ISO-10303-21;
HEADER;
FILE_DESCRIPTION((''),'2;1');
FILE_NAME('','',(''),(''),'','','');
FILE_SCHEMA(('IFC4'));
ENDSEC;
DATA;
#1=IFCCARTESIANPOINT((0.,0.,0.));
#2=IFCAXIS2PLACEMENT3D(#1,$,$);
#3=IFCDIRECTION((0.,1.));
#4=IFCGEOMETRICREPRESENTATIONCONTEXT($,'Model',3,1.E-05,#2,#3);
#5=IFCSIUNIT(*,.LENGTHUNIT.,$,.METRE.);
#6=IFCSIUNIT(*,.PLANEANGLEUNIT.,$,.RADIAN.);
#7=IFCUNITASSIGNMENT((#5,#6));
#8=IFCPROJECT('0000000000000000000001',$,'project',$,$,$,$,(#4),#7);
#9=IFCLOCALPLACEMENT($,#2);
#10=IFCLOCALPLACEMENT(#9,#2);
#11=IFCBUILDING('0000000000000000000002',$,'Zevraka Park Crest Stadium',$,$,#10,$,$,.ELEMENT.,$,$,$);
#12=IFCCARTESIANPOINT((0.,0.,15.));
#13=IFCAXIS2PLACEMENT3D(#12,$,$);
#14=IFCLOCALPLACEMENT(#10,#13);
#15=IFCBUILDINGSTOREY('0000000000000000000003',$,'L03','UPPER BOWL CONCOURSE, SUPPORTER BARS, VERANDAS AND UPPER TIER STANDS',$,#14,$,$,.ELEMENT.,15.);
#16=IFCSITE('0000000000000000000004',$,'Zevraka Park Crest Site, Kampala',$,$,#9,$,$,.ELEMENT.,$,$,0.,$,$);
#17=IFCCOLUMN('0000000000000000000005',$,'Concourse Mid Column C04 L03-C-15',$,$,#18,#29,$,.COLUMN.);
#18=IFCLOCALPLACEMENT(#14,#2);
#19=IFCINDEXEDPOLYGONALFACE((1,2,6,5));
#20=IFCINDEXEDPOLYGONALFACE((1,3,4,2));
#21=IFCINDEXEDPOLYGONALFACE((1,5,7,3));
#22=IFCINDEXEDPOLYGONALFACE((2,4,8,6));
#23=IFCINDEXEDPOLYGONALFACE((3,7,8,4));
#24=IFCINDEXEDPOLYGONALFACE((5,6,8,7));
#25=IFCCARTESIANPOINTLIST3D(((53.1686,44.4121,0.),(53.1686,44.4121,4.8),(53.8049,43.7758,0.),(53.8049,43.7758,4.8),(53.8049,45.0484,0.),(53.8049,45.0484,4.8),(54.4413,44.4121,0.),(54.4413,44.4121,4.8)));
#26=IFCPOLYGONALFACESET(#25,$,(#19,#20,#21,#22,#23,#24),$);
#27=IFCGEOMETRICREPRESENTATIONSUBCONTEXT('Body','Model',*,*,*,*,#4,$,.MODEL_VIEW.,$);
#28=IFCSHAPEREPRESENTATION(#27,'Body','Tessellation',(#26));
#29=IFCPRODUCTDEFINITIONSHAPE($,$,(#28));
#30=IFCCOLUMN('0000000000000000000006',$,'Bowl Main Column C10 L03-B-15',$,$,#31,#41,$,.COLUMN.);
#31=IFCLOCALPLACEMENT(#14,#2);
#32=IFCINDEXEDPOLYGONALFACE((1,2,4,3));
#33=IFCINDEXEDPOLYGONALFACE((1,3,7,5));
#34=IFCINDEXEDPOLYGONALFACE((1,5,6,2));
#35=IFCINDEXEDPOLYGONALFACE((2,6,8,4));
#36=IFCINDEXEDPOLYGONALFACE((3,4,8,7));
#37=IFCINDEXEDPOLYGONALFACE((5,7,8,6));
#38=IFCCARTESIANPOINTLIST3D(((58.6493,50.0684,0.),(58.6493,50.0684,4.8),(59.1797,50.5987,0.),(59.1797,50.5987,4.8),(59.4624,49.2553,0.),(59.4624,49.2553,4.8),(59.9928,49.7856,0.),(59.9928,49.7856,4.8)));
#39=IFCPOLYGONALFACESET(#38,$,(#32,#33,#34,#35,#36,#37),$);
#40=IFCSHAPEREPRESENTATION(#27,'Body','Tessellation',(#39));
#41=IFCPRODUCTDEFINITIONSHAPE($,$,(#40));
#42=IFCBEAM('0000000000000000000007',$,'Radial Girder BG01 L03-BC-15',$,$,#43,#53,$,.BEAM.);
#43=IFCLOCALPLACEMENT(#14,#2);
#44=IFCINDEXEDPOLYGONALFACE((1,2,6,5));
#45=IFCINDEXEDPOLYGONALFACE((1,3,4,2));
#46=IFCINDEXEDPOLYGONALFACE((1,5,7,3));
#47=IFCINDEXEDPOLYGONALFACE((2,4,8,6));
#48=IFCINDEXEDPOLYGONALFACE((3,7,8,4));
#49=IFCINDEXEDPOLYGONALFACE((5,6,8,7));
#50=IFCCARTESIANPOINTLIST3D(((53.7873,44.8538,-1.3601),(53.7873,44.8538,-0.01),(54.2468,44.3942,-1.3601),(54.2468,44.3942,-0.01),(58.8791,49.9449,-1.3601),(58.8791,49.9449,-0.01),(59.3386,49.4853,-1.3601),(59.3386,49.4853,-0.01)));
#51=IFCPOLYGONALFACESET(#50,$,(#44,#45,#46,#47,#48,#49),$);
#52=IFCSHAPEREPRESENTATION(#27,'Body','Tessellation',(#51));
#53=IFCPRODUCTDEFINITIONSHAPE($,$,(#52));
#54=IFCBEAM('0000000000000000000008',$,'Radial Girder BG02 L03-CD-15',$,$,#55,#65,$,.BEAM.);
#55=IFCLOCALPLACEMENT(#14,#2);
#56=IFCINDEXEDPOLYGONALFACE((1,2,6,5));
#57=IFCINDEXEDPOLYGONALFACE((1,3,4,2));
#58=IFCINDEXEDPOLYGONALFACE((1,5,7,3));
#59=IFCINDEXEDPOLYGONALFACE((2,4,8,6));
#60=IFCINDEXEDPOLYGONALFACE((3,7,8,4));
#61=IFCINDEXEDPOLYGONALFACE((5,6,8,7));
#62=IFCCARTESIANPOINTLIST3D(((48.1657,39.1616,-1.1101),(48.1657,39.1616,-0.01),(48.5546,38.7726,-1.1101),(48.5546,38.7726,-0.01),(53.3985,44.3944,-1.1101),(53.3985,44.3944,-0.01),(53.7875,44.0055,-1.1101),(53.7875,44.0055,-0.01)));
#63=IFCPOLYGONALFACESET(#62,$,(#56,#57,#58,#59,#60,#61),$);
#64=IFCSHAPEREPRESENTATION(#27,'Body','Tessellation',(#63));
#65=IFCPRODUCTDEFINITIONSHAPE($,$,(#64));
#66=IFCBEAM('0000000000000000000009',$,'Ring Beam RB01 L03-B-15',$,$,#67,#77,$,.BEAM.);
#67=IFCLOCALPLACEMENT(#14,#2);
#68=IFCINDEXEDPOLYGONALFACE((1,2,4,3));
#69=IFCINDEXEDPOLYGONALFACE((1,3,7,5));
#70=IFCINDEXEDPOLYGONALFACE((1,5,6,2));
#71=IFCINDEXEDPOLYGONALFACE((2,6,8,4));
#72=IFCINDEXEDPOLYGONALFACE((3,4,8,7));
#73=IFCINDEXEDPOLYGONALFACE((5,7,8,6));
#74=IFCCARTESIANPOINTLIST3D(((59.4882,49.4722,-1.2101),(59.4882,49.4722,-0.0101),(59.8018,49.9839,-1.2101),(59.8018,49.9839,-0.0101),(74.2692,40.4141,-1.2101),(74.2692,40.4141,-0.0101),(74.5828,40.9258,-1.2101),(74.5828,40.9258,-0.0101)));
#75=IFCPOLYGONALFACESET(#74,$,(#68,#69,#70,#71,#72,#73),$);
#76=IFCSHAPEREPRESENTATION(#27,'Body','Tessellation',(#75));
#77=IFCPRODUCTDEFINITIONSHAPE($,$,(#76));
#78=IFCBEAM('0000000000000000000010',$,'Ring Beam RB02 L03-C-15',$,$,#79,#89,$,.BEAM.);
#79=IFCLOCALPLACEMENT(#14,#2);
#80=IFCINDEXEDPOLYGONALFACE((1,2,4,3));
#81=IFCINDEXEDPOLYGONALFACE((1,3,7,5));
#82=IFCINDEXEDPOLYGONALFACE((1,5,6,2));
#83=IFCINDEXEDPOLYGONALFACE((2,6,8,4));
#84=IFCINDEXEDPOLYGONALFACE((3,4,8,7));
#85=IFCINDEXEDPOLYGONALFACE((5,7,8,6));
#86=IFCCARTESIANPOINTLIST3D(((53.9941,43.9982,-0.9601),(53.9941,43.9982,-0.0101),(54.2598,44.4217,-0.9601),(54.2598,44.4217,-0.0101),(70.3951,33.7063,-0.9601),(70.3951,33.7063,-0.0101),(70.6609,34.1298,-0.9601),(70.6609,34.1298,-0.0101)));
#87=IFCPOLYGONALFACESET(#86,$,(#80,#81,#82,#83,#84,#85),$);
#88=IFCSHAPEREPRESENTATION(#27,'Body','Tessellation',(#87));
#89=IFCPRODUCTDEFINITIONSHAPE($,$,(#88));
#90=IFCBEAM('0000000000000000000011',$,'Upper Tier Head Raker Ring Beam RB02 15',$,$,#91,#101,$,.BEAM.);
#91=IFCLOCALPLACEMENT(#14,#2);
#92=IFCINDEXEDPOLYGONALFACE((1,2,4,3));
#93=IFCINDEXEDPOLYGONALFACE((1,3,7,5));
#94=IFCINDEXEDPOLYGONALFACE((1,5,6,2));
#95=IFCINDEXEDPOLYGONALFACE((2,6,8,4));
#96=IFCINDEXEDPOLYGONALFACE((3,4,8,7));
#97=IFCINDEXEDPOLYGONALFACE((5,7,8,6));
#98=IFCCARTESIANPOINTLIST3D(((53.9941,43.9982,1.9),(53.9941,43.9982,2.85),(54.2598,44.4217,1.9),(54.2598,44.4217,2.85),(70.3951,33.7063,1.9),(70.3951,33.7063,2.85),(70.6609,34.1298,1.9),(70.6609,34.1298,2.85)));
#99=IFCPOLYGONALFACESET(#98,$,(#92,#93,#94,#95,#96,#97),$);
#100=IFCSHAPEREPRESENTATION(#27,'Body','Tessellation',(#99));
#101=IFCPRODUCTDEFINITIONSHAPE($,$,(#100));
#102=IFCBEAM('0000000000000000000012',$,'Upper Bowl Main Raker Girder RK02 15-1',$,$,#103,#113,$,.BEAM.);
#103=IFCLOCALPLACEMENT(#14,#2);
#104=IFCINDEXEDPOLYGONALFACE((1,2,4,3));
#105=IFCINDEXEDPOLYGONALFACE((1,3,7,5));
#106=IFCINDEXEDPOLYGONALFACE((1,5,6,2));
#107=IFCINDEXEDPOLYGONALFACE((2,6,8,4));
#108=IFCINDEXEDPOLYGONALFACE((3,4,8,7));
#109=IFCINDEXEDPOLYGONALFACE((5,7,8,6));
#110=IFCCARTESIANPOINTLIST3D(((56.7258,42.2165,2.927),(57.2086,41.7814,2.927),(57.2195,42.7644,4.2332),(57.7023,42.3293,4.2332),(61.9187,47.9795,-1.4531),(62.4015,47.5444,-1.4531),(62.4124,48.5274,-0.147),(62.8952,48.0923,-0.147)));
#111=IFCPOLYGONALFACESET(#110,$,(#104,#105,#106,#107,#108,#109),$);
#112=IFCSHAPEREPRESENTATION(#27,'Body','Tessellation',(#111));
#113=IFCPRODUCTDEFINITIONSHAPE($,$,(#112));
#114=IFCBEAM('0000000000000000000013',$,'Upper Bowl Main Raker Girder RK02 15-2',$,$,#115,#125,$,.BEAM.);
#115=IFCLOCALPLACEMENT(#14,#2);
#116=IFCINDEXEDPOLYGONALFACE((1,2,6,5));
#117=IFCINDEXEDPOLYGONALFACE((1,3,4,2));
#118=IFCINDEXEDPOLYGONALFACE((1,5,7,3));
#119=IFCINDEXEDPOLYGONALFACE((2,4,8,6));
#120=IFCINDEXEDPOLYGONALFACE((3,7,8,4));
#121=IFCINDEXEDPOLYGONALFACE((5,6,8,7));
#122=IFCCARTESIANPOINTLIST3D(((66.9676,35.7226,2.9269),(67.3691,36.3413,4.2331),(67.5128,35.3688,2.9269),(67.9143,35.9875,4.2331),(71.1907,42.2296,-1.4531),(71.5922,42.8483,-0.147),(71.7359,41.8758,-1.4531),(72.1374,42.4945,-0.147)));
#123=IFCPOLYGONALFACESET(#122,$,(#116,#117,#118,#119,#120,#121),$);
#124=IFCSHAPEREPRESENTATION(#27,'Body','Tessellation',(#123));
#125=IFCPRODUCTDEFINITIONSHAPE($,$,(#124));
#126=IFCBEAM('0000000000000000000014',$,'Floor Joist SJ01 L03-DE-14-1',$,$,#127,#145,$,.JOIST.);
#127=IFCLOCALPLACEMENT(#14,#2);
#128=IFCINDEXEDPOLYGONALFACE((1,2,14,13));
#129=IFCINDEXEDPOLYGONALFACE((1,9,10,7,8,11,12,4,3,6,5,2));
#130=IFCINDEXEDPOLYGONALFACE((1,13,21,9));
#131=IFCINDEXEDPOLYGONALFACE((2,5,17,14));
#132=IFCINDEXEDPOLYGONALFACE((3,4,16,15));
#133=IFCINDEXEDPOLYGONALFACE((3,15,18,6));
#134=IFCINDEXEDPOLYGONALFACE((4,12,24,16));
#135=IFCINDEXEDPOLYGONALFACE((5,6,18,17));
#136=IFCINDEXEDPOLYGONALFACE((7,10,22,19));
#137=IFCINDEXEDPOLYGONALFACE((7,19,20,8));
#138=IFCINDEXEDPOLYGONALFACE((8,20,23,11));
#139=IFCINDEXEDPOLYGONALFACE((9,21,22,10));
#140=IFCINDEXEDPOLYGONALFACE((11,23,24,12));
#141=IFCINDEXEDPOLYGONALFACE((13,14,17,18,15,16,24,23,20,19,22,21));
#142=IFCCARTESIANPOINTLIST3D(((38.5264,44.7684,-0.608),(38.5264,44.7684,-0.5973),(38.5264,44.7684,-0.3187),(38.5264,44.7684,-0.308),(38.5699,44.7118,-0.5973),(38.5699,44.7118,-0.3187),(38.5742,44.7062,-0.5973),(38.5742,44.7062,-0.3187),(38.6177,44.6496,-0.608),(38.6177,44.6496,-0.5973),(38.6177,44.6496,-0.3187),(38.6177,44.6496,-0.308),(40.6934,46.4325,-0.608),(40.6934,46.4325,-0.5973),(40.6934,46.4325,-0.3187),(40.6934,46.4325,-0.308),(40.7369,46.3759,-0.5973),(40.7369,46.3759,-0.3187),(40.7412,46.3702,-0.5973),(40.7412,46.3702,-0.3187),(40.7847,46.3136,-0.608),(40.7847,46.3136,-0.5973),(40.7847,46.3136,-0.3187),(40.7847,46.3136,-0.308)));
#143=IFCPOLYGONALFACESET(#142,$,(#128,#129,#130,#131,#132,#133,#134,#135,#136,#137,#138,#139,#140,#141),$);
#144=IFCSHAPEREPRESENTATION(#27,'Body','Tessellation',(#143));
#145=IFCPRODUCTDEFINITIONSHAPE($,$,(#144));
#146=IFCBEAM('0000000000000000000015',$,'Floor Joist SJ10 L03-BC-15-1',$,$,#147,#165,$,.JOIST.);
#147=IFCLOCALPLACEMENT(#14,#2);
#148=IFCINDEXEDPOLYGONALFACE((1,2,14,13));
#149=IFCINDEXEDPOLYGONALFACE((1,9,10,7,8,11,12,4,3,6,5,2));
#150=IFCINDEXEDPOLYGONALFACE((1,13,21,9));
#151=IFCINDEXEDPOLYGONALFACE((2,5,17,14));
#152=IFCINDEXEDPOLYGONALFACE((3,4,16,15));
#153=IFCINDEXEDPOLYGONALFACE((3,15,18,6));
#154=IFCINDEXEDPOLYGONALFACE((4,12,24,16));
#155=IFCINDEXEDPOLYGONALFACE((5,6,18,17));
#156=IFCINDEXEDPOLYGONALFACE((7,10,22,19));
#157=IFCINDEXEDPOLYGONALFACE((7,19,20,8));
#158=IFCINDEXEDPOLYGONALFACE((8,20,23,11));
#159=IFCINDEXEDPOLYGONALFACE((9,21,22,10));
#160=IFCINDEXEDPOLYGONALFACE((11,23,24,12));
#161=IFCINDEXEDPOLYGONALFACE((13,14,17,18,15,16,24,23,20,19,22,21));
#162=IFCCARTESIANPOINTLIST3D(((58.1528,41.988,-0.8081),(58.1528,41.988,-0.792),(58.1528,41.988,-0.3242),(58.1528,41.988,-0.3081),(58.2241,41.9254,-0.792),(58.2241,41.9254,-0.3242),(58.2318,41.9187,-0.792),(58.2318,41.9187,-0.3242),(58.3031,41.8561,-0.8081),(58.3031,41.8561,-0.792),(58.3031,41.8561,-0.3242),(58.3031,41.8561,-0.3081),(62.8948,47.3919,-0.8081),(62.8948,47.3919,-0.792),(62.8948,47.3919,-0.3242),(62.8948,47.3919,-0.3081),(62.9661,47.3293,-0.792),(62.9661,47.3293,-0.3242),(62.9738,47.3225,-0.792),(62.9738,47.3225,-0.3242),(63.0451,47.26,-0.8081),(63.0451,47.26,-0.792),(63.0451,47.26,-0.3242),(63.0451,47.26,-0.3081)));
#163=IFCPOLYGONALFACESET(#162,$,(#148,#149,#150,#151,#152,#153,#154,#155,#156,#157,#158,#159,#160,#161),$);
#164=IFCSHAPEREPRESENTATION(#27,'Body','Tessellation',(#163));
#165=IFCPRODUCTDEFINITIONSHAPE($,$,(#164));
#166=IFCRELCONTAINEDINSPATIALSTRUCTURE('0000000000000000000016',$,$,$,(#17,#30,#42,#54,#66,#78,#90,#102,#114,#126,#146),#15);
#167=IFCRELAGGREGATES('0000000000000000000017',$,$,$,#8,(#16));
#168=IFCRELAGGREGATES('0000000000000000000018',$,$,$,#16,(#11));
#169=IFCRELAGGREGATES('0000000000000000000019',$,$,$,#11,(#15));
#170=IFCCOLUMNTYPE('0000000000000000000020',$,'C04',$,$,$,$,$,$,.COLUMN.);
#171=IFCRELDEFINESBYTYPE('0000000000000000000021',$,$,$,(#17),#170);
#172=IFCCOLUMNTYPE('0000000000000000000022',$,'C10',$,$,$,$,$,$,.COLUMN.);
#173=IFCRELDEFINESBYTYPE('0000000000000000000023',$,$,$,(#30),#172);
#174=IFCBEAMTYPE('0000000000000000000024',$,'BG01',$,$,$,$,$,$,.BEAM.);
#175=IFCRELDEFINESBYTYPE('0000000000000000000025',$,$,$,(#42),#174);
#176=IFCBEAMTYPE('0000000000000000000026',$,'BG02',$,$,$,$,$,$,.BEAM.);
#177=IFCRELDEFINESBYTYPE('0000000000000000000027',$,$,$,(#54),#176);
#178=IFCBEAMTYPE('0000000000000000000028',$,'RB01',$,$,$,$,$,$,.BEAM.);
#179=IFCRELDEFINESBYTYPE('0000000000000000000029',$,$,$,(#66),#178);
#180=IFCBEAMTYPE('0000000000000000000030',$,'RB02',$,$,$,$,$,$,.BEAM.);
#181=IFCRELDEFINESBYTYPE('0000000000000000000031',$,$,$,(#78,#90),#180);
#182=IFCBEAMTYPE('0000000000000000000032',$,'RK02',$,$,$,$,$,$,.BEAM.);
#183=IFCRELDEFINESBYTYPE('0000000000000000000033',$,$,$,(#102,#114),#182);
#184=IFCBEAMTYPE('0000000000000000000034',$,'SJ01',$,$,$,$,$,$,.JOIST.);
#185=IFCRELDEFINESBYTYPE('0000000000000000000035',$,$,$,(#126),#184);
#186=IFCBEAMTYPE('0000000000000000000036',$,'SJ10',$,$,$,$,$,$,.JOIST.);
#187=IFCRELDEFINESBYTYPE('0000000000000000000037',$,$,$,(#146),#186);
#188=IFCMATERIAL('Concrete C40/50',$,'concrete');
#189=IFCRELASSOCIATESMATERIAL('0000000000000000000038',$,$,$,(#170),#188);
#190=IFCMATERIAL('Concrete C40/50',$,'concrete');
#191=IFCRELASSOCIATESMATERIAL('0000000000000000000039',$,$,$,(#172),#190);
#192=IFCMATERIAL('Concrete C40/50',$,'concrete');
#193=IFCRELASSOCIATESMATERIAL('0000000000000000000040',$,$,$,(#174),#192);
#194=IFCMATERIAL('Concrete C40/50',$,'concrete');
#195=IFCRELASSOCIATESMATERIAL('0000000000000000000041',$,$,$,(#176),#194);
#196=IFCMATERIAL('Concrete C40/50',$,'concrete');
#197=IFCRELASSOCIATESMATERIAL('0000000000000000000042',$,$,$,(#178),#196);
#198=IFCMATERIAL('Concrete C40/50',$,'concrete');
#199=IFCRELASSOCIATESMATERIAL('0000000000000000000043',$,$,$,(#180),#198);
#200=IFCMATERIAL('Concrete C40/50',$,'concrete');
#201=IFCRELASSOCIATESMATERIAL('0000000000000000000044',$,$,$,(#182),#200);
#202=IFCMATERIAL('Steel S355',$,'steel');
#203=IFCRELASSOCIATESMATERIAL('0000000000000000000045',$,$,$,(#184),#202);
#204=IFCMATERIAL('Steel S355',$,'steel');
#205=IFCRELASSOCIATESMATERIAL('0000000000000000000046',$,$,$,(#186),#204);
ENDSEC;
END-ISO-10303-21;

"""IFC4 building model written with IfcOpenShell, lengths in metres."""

from ifc_helpers import new_model, si_unit, direction, frame, origin, origin_2d, place, context, subcontext, project, spatial, rectangle, i_section, extrude, material, material_profile, profile_set, type_object, element, save


model = new_model("IFC4")

# Units and contexts
model_context = context("Model", 3, precision=1e-05, world=origin(), true_north=direction((0.0, 1.0)))
body_context = subcontext(model_context, "Body", "Model", "MODEL_VIEW")
ifc_project = project(units=[si_unit("LENGTHUNIT", "METRE"), si_unit("PLANEANGLEUNIT", "RADIAN")], contexts=[model_context])

# Site, building, storey
site_placement = place(None, origin())
site = spatial("IfcSite", under=ifc_project, at=site_placement, Name="Zevraka Park Crest Site, Kampala", CompositionType="ELEMENT", RefElevation=0.0)
building_placement = place(site_placement, origin())
building = spatial("IfcBuilding", under=site, at=building_placement, Name="Zevraka Park Crest Stadium", CompositionType="ELEMENT")
storey_placement = place(building_placement, frame((0.0, 0.0, 15.0)))
storey = spatial("IfcBuildingStorey", under=building, at=storey_placement, Name="L03", Description="UPPER BOWL CONCOURSE, SUPPORTER BARS, VERANDAS AND UPPER TIER STANDS", CompositionType="ELEMENT", Elevation=15.0)

# Columns
ifc_material_1 = material(Name="Concrete C40/50", Category="concrete")
ifc_material_profile_1 = material_profile(ifc_material_1, rectangle(XDim=0.8999, YDim=0.8999, at=origin_2d()), Name="RC 900x900")
ifc_profile_set_1 = profile_set([ifc_material_profile_1], Name="Concrete C40/50")
column_type_1 = type_object("IfcColumnType", Name="C04", PredefinedType="COLUMN", material=ifc_profile_set_1)
column_1_placement = place(storey_placement, frame((53.8049, 44.4121, 0.0), z_axis=(0.0, 0.0, 1.0), x_axis=(0.707107, 0.707107, 0.0)))
element("IfcColumn", 1, at=column_1_placement, inside=storey, type_object=column_type_1, Name="Concourse Mid Column C04 L03-C-15", PredefinedType="COLUMN", context=body_context, shape_type="SweptSolid", body=[
    extrude(rectangle(XDim=0.8999, YDim=0.8999, at=origin_2d()), origin(), (0.0, 0.0, 1.0), 4.8),
])
ifc_material_2 = material(Name="Concrete C40/50", Category="concrete")
ifc_material_profile_2 = material_profile(ifc_material_2, rectangle(XDim=0.75, YDim=1.1499, at=origin_2d()), Name="RC 1150x750")
ifc_profile_set_2 = profile_set([ifc_material_profile_2], Name="Concrete C40/50")
column_type_2 = type_object("IfcColumnType", Name="C10", PredefinedType="COLUMN", material=ifc_profile_set_2)
column_2_placement = place(storey_placement, frame((59.321, 49.927, 0.0), z_axis=(0.0, 0.0, 1.0), x_axis=(0.707107, 0.707107, 0.0)))
element("IfcColumn", 2, at=column_2_placement, inside=storey, type_object=column_type_2, Name="Bowl Main Column C10 L03-B-15", PredefinedType="COLUMN", context=body_context, shape_type="SweptSolid", body=[
    extrude(rectangle(XDim=0.75, YDim=1.1499, at=origin_2d()), origin(), (0.0, 0.0, 1.0), 4.8),
])

# Beams
ifc_material_3 = material(Name="Concrete C40/50", Category="concrete")
ifc_material_profile_3 = material_profile(ifc_material_3, rectangle(XDim=0.6499, YDim=1.3501, at=origin_2d()), Name="RC 1350x650")
ifc_profile_set_3 = profile_set([ifc_material_profile_3], Name="Concrete C40/50")
beam_type_1 = type_object("IfcBeamType", Name="BG01", PredefinedType="BEAM", material=ifc_profile_set_3)
beam_1_placement = place(storey_placement, frame((59.1089, 49.7151, -0.6851), z_axis=(-0.707158, -0.707056, 0.0), x_axis=(0.707056, -0.707158, 0.0)))
element("IfcBeam", 3, at=beam_1_placement, inside=storey, type_object=beam_type_1, Name="Radial Girder BG01 L03-BC-15", PredefinedType="BEAM", context=body_context, shape_type="SweptSolid", body=[
    extrude(rectangle(XDim=0.6499, YDim=1.3501, at=origin_2d()), origin(), (0.0, 0.0, 1.0), 7.2004),
])
ifc_material_4 = material(Name="Concrete C40/50", Category="concrete")
ifc_material_profile_4 = material_profile(ifc_material_4, rectangle(XDim=0.55, YDim=1.1001, at=origin_2d()), Name="RC 1100x550")
ifc_profile_set_4 = profile_set([ifc_material_profile_4], Name="Concrete C40/50")
beam_type_2 = type_object("IfcBeamType", Name="BG02", PredefinedType="BEAM", material=ifc_profile_set_4)
beam_2_placement = place(storey_placement, frame((53.593, 44.2, -0.5601), z_axis=(-0.707107, -0.707107, 0.0), x_axis=(0.707107, -0.707107, 0.0)))
element("IfcBeam", 4, at=beam_2_placement, inside=storey, type_object=beam_type_2, Name="Radial Girder BG02 L03-CD-15", PredefinedType="BEAM", context=body_context, shape_type="SweptSolid", body=[
    extrude(rectangle(XDim=0.55, YDim=1.1001, at=origin_2d()), origin(), (0.0, 0.0, 1.0), 7.4004),
])
ifc_material_5 = material(Name="Concrete C40/50", Category="concrete")
ifc_material_profile_5 = material_profile(ifc_material_5, rectangle(XDim=0.6001, YDim=1.2, at=origin_2d()), Name="RC 1200x600")
ifc_profile_set_5 = profile_set([ifc_material_profile_5], Name="Concrete C40/50")
beam_type_3 = type_object("IfcBeamType", Name="RB01", PredefinedType="BEAM", material=ifc_profile_set_5)
beam_3_placement = place(storey_placement, frame((59.645, 49.728, -0.6101), z_axis=(0.852633, -0.522511, 0.0), x_axis=(0.522511, 0.852633, 0.0)))
element("IfcBeam", 5, at=beam_3_placement, inside=storey, type_object=beam_type_3, Name="Ring Beam RB01 L03-B-15", PredefinedType="BEAM", context=body_context, shape_type="SweptSolid", body=[
    extrude(rectangle(XDim=0.6001, YDim=1.2, at=origin_2d()), origin(), (0.0, 0.0, 1.0), 17.3357),
])
ifc_material_6 = material(Name="Concrete C40/50", Category="concrete")
ifc_material_profile_6 = material_profile(ifc_material_6, rectangle(XDim=0.5, YDim=0.95, at=origin_2d()), Name="RC 950x500")
ifc_profile_set_6 = profile_set([ifc_material_profile_6], Name="Concrete C40/50")
beam_type_4 = type_object("IfcBeamType", Name="RB02", PredefinedType="BEAM", material=ifc_profile_set_6)
for number, where, z_axis, x_axis, name in (
    (6, (54.127, 44.21, -0.4851), (0.847039, -0.531532, 0.0), (0.531532, 0.847039, 0.0), "Ring Beam RB02 L03-C-15"),
    (7, (54.127, 44.21, 2.375), (0.847039, -0.531532, 0.0), (0.531532, 0.847039, 0.0), "Upper Tier Head Raker Ring Beam RB02 15"),
):
    element("IfcBeam", number, at=place(storey_placement, frame(where, z_axis=z_axis, x_axis=x_axis)), inside=storey, type_object=beam_type_4, Name=name, PredefinedType="BEAM", context=body_context, shape_type="SweptSolid", body=[
        extrude(rectangle(XDim=0.5, YDim=0.95, at=origin_2d()), origin(), (0.0, 0.0, 1.0), 19.3628),
    ])
ifc_material_7 = material(Name="Concrete C40/50", Category="concrete")
ifc_material_profile_7 = material_profile(ifc_material_7, rectangle(XDim=0.6499, YDim=1.5, at=origin_2d()), Name="RC 1500x650")
ifc_profile_set_7 = profile_set([ifc_material_profile_7], Name="Concrete C40/50")
beam_type_5 = type_object("IfcBeamType", Name="RK02", PredefinedType="BEAM", material=ifc_profile_set_7)
beam_4_placement = place(storey_placement, frame((62.407, 48.0359, -0.8), z_axis=(-0.582906, -0.646897, 0.491675), x_axis=(0.742895, -0.669408, 0.0)))
element("IfcBeam", 8, at=beam_4_placement, inside=storey, type_object=beam_type_5, Name="Upper Bowl Main Raker Girder RK02 15-1", PredefinedType="BEAM", context=body_context, shape_type="SweptSolid", body=[
    extrude(rectangle(XDim=0.6499, YDim=1.5, at=origin_2d()), origin(), (0.0, 0.0, 1.0), 8.9087),
])
beam_5_placement = place(storey_placement, frame((71.6641, 42.3621, -0.8), z_axis=(-0.474054, -0.73043, 0.491676), x_axis=(0.838824, -0.544403, 0.0)))
element("IfcBeam", 9, at=beam_5_placement, inside=storey, type_object=beam_type_5, Name="Upper Bowl Main Raker Girder RK02 15-2", PredefinedType="BEAM", context=body_context, shape_type="SweptSolid", body=[
    extrude(rectangle(XDim=0.6499, YDim=1.5, at=origin_2d()), origin(), (0.0, 0.0, 1.0), 8.9084),
])
ifc_material_8 = material(Name="Steel S355", Category="steel")
ifc_material_profile_8 = material_profile(ifc_material_8, i_section(OverallWidth=0.1499, OverallDepth=0.3, WebThickness=0.0071, FlangeThickness=0.0107, at=origin_2d()), Name="IPE 300")
ifc_profile_set_8 = profile_set([ifc_material_profile_8], Name="Steel S355")
beam_type_6 = type_object("IfcBeamType", Name="SJ01", PredefinedType="JOIST", material=ifc_profile_set_8)
beam_6_placement = place(storey_placement, frame((40.739, 46.373, -0.458), z_axis=(-0.793129, -0.609054, 0.0), x_axis=(0.609054, -0.793129, 0.0)))
element("IfcBeam", 10, at=beam_6_placement, inside=storey, type_object=beam_type_6, Name="Floor Joist SJ01 L03-DE-14-1", PredefinedType="JOIST", context=body_context, shape_type="SweptSolid", body=[
    extrude(i_section(OverallWidth=0.1499, OverallDepth=0.3, WebThickness=0.0071, FlangeThickness=0.0107, at=origin_2d()), origin(), (0.0, 0.0, 1.0), 2.7322),
])
ifc_material_9 = material(Name="Steel S355", Category="steel")
ifc_material_profile_9 = material_profile(ifc_material_9, i_section(OverallWidth=0.2, OverallDepth=0.5, WebThickness=0.0103, FlangeThickness=0.0161, at=origin_2d()), Name="IPE 500")
ifc_profile_set_9 = profile_set([ifc_material_profile_9], Name="Steel S355")
beam_type_7 = type_object("IfcBeamType", Name="SJ10", PredefinedType="JOIST", material=ifc_profile_set_9)
beam_7_placement = place(storey_placement, frame((62.97, 47.3259, -0.5581), z_axis=(-0.659576, -0.751638, 0.0), x_axis=(0.751638, -0.659576, 0.0)))
element("IfcBeam", 11, at=beam_7_placement, inside=storey, type_object=beam_type_7, Name="Floor Joist SJ10 L03-BC-15-1", PredefinedType="JOIST", context=body_context, shape_type="SweptSolid", body=[
    extrude(i_section(OverallWidth=0.2, OverallDepth=0.5, WebThickness=0.0103, FlangeThickness=0.0161, at=origin_2d()), origin(), (0.0, 0.0, 1.0), 7.1895),
])

save(model, "model.ifc")
